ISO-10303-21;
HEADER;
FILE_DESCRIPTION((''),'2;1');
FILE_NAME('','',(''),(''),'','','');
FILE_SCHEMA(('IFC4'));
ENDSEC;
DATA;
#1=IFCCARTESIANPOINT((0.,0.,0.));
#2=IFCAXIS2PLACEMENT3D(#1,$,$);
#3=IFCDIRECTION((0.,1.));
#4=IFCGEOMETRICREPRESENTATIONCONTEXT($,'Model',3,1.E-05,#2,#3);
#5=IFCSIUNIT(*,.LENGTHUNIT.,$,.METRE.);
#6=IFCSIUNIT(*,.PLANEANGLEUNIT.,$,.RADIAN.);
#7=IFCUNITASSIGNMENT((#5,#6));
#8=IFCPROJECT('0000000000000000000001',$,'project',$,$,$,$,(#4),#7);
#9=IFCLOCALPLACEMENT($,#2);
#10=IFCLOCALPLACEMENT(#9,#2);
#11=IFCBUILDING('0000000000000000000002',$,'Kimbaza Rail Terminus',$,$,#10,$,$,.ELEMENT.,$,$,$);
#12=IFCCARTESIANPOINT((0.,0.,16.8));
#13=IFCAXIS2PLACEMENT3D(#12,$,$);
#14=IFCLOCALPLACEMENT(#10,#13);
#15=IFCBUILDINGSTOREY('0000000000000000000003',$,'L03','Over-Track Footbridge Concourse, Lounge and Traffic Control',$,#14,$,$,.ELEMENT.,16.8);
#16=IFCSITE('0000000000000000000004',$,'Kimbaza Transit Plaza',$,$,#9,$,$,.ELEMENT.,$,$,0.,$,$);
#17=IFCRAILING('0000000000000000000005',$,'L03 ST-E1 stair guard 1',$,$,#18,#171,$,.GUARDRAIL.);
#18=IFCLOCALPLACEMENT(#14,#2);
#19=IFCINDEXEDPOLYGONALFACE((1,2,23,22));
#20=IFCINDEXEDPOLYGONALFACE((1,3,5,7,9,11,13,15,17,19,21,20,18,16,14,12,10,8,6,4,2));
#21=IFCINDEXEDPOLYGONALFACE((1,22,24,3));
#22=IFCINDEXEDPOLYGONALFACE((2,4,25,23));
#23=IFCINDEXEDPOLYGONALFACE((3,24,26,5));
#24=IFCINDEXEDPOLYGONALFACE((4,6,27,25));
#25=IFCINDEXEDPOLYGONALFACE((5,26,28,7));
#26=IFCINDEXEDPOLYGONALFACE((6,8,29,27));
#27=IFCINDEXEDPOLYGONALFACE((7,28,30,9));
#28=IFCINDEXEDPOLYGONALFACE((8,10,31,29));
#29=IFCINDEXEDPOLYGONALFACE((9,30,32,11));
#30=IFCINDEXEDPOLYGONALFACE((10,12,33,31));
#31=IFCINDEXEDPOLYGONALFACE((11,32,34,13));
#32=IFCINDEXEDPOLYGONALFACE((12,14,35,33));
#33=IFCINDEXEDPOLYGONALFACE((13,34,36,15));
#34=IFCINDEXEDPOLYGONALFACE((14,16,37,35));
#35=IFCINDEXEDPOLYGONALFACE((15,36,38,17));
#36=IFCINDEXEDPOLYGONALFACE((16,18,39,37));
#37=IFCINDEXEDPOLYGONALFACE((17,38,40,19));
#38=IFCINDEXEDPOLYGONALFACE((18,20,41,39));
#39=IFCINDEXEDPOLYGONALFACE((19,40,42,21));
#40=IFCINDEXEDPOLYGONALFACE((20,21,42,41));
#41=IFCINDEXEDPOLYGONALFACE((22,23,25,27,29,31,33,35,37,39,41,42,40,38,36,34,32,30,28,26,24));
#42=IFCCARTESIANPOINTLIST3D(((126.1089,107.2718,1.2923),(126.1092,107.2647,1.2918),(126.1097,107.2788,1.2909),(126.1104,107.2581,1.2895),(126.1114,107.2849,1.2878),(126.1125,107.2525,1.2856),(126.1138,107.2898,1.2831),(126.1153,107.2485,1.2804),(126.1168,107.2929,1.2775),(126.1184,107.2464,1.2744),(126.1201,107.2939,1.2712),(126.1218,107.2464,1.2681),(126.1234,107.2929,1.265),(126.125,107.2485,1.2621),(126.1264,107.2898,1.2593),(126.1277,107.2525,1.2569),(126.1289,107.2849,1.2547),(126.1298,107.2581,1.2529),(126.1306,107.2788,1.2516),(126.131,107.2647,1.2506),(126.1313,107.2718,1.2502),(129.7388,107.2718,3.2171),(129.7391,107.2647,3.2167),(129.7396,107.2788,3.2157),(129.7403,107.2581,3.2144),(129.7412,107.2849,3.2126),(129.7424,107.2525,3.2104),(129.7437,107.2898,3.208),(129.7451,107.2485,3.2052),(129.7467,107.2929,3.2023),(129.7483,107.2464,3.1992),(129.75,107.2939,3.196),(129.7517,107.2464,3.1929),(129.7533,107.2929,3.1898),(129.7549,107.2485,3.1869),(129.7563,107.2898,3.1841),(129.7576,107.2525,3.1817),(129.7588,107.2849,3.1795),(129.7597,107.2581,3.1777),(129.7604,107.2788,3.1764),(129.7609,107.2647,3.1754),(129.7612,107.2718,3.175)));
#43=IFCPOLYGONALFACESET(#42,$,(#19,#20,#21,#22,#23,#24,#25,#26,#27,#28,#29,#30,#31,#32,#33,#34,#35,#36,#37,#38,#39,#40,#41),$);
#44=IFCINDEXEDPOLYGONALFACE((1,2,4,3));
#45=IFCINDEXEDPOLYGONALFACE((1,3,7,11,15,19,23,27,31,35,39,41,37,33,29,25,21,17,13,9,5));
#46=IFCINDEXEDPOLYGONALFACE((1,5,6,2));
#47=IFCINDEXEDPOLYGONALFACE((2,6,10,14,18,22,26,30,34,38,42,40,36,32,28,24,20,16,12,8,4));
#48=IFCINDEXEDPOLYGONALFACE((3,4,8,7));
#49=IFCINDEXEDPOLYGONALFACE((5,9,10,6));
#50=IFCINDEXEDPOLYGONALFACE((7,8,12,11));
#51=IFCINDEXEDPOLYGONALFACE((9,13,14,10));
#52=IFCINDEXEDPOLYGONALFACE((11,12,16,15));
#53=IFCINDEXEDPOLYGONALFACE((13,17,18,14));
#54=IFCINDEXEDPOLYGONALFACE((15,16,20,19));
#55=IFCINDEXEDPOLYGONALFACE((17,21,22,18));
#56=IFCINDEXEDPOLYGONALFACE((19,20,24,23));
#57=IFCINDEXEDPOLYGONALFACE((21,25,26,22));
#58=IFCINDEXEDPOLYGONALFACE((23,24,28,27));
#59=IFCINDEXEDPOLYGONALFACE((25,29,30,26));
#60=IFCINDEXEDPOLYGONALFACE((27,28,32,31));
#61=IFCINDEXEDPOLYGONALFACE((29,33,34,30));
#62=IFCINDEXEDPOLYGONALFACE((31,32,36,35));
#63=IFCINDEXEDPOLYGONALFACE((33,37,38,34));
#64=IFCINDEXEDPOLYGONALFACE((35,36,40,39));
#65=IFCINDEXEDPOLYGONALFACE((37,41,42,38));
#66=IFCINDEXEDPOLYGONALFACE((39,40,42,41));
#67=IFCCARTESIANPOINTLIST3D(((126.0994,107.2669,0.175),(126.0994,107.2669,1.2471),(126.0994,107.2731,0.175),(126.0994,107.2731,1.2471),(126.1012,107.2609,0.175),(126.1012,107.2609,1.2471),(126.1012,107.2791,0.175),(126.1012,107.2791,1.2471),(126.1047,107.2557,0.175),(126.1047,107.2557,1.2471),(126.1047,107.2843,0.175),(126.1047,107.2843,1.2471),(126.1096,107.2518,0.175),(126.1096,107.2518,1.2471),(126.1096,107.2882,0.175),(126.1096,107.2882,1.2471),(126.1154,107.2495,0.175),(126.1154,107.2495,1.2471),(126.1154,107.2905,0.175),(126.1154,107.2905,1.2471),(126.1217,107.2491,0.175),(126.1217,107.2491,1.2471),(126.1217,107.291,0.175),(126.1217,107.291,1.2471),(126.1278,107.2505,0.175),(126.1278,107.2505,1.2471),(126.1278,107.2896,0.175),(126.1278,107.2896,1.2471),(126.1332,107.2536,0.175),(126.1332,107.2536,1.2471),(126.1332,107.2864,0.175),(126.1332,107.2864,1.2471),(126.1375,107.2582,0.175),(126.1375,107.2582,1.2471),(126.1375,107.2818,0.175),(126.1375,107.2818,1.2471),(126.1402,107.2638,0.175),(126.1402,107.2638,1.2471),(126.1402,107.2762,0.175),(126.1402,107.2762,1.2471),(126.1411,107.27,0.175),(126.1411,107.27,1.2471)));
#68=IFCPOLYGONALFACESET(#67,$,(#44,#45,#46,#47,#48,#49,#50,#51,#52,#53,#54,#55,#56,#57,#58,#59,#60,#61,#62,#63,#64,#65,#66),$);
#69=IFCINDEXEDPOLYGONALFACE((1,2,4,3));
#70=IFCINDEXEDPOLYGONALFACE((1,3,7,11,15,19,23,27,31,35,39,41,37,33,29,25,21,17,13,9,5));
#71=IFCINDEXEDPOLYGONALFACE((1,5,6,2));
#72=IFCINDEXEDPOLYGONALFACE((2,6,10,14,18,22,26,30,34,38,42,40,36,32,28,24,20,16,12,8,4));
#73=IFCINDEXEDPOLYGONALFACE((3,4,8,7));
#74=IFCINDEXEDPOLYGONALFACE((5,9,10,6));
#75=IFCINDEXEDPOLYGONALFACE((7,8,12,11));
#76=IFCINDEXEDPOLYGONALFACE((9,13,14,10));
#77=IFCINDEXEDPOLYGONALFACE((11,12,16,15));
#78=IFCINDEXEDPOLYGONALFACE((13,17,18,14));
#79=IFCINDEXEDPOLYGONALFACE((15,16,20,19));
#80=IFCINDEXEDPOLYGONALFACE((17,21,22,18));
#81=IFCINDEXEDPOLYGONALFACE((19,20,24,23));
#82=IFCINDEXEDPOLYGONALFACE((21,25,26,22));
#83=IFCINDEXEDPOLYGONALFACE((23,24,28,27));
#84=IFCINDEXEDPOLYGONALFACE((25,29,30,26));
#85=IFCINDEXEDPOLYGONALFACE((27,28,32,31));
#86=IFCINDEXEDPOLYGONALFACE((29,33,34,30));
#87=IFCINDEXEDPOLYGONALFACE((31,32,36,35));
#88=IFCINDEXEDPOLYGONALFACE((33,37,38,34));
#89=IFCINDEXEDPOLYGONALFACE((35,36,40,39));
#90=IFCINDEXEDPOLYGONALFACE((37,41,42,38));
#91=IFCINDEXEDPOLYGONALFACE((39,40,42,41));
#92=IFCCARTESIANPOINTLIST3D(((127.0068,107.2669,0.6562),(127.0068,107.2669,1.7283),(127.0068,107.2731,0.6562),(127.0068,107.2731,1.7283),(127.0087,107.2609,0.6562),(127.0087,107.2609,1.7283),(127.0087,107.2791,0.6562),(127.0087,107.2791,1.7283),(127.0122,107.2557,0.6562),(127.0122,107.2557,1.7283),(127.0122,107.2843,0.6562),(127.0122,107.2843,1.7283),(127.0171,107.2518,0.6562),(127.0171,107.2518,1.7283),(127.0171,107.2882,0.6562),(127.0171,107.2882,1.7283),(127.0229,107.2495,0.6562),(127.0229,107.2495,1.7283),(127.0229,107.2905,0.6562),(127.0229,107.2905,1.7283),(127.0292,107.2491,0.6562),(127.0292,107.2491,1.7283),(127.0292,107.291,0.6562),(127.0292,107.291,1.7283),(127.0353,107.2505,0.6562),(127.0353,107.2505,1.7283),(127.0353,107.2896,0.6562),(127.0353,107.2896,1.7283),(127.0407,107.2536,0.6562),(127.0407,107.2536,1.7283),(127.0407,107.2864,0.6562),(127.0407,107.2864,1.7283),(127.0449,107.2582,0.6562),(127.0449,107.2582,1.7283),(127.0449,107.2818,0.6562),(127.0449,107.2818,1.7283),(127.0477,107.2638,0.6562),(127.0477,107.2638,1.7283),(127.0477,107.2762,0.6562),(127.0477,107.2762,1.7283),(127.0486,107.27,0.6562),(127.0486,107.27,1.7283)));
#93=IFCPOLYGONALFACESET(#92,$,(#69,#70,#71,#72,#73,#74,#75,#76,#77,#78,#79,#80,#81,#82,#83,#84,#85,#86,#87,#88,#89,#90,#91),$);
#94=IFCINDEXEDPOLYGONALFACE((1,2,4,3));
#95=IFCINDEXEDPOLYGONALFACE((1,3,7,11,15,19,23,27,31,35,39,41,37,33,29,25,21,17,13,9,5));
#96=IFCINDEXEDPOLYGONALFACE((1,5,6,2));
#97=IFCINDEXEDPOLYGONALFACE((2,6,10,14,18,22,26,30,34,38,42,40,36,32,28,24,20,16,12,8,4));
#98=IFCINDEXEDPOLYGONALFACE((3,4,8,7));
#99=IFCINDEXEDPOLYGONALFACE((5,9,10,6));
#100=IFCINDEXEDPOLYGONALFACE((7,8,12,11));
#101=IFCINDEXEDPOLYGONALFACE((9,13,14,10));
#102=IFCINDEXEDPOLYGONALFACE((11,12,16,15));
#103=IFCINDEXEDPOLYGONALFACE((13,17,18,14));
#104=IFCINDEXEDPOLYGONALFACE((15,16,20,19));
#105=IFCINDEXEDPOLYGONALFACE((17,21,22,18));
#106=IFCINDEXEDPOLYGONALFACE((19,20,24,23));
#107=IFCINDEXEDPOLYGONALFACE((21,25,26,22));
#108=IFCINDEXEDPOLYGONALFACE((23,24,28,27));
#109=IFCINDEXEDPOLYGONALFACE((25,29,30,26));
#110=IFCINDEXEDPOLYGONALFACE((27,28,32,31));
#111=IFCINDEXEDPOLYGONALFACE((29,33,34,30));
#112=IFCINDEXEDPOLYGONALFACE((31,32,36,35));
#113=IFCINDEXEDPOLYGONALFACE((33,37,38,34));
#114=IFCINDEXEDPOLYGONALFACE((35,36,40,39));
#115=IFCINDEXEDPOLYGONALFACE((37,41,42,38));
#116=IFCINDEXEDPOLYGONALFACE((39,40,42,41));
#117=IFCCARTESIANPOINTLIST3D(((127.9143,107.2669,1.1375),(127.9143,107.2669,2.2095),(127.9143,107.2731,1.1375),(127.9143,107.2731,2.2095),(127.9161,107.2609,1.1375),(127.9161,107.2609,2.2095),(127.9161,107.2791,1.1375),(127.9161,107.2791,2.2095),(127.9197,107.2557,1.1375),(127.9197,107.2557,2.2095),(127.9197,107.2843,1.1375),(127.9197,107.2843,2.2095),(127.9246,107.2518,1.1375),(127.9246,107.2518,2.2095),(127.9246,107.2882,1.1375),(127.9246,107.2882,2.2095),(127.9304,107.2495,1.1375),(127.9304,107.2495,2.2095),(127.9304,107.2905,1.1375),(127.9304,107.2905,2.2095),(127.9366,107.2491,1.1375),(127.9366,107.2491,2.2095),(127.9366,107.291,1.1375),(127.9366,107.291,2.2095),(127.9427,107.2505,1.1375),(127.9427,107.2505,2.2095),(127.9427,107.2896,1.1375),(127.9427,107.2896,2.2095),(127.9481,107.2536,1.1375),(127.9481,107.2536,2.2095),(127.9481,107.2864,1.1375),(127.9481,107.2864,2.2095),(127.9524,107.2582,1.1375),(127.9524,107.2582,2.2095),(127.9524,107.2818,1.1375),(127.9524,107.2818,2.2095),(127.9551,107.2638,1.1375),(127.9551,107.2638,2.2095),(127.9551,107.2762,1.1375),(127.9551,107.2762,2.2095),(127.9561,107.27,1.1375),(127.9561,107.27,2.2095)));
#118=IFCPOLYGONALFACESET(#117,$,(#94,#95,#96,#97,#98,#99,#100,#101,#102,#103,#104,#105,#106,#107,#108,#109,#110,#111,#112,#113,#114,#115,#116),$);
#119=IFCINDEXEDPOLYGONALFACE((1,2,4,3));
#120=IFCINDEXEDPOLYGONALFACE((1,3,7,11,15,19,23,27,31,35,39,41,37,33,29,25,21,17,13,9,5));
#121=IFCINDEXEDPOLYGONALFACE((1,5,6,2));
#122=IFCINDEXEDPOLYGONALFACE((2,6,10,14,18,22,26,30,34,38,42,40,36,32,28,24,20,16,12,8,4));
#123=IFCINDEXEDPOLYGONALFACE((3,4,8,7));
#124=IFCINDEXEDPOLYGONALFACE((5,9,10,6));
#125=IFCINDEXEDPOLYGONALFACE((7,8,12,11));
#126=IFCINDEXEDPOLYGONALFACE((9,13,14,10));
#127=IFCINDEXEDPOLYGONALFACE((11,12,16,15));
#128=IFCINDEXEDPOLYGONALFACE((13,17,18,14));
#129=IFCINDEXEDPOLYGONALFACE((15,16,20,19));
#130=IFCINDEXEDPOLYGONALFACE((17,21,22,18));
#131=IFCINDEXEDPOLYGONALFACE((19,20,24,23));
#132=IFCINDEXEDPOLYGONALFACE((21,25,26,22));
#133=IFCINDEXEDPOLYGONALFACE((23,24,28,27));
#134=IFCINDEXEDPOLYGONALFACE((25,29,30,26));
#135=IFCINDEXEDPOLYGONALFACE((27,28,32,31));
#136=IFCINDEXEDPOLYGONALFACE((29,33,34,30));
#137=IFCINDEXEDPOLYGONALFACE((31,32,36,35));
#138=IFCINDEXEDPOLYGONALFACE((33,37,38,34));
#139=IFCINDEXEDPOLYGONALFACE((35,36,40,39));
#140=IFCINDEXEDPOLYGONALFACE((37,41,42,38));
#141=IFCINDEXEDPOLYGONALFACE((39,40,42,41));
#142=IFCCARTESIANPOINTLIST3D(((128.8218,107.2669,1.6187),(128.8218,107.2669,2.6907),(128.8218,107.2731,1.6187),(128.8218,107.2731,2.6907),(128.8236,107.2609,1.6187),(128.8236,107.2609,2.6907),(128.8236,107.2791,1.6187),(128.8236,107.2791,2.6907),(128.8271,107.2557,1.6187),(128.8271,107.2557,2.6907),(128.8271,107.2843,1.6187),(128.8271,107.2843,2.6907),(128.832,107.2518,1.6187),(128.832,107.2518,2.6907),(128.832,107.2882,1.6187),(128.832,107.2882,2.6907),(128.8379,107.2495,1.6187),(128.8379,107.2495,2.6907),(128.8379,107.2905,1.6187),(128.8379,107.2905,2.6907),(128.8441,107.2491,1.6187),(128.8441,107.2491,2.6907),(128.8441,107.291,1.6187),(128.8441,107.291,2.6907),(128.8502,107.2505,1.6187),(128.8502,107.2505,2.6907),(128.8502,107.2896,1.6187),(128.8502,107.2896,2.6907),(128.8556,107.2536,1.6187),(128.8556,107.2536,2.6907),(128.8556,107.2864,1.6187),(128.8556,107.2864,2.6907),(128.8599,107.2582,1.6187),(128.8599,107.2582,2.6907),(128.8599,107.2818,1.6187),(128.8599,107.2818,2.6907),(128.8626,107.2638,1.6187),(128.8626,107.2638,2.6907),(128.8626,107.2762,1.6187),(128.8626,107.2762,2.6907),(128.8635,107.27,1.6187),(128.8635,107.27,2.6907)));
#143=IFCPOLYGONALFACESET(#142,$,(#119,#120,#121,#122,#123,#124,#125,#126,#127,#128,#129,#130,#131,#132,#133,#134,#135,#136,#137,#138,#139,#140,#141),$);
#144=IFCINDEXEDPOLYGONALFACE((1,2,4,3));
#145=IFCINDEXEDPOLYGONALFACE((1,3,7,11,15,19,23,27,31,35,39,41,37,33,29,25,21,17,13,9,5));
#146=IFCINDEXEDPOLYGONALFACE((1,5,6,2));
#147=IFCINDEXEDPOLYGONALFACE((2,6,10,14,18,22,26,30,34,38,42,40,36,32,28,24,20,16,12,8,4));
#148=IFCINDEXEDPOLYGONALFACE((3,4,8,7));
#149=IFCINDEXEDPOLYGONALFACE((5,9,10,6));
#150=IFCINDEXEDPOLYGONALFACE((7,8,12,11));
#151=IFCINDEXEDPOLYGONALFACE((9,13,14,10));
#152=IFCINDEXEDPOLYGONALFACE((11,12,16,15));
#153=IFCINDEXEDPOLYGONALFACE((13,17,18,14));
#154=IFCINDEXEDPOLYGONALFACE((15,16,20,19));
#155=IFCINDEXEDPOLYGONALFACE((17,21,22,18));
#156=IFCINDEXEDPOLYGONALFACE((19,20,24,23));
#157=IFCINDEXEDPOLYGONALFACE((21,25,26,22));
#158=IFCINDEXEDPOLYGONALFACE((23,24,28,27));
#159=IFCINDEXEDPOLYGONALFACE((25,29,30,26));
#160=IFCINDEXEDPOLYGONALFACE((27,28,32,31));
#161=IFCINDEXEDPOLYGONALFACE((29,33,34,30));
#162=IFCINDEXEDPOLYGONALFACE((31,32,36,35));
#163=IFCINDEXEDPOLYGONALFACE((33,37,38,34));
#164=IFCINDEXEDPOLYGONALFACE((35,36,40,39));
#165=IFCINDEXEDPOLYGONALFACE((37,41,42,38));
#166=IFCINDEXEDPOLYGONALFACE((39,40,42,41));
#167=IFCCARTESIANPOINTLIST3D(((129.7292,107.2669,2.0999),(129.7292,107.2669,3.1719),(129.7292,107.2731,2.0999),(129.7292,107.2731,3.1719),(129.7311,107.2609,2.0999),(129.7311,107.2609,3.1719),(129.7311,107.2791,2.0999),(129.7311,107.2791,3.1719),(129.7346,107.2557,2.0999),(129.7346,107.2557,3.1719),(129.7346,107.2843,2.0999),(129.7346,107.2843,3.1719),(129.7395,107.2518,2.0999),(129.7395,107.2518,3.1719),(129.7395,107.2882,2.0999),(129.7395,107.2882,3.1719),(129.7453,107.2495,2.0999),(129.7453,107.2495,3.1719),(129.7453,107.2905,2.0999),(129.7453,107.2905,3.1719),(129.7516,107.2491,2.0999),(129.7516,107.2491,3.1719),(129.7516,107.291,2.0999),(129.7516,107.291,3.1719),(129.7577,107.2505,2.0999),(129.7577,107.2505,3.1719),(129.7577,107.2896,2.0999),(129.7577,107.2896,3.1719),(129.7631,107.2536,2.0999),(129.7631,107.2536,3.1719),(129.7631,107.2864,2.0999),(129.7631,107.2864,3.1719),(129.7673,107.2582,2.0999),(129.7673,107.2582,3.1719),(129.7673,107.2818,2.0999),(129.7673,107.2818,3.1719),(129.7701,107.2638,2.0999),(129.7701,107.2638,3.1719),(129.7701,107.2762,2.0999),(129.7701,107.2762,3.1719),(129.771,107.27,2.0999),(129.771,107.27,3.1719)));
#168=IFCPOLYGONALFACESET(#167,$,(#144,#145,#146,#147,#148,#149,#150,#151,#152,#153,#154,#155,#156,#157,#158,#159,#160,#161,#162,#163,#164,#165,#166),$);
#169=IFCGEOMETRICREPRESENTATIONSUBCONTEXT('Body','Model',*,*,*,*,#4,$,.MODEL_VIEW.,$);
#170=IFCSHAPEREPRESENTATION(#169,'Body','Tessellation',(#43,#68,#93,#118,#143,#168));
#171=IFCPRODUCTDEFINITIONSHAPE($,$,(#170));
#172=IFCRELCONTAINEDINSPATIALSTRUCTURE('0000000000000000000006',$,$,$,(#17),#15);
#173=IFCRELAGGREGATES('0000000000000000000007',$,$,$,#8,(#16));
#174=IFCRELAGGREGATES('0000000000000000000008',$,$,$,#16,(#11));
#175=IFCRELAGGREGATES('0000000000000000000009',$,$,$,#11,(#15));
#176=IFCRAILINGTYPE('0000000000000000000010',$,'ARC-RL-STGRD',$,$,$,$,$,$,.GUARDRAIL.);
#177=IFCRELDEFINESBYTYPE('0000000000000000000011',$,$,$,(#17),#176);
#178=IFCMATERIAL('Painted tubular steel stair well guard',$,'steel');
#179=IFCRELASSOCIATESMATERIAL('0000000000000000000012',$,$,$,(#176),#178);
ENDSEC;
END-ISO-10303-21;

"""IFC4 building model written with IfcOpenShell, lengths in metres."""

from ifc_helpers import new_model, si_unit, direction, frame, origin, origin_2d, place, context, subcontext, project, spatial, circle, extrude, material, type_object, element, save


model = new_model("IFC4")

# Units and contexts
model_context = context("Model", 3, precision=1e-05, world=origin(), true_north=direction((0.0, 1.0)))
body_context = subcontext(model_context, "Body", "Model", "MODEL_VIEW")
ifc_project = project(units=[si_unit("LENGTHUNIT", "METRE"), si_unit("PLANEANGLEUNIT", "RADIAN")], contexts=[model_context])

# Site, building, storey
site_placement = place(None, origin())
site = spatial("IfcSite", under=ifc_project, at=site_placement, Name="Kimbaza Transit Plaza", CompositionType="ELEMENT", RefElevation=0.0)
building_placement = place(site_placement, origin())
building = spatial("IfcBuilding", under=site, at=building_placement, Name="Kimbaza Rail Terminus", CompositionType="ELEMENT")
storey_placement = place(building_placement, frame((0.0, 0.0, 16.8)))
storey = spatial("IfcBuildingStorey", under=building, at=storey_placement, Name="L03", Description="Over-Track Footbridge Concourse, Lounge and Traffic Control", CompositionType="ELEMENT", Elevation=16.8)

# Railing
ifc_material_1 = material(Name="Painted tubular steel stair well guard", Category="steel")
railing_type_1 = type_object("IfcRailingType", Name="ARC-RL-STGRD", PredefinedType="GUARDRAIL", material=ifc_material_1)
railing_1_placement = place(storey_placement, frame((126.1201, 107.27, 0.175)))
element("IfcRailing", 1, at=railing_1_placement, inside=storey, type_object=railing_type_1, Name="L03 ST-E1 stair guard 1", PredefinedType="GUARDRAIL", context=body_context, shape_type="SweptSolid", body=[
    extrude(circle(Radius=0.0239, at=origin_2d()), frame((0.0, 0.0, 1.0962), z_axis=(0.883476, 0.0, 0.468477), x_axis=(0.0, 1.0, 0.0)), (0.0, 0.0, 1.0), 4.1086),
    extrude(circle(Radius=0.021, at=origin_2d()), origin(), (0.0, 0.0, 1.0), 1.072),
    extrude(circle(Radius=0.021, at=origin_2d()), frame((0.9075, 0.0, 0.4812)), (0.0, 0.0, 1.0), 1.072),
    extrude(circle(Radius=0.021, at=origin_2d()), frame((1.8149, 0.0, 0.9624)), (0.0, 0.0, 1.0), 1.072),
    extrude(circle(Radius=0.021, at=origin_2d()), frame((2.7224, 0.0, 1.4436)), (0.0, 0.0, 1.0), 1.072),
    extrude(circle(Radius=0.021, at=origin_2d()), frame((3.6299, 0.0, 1.9248)), (0.0, 0.0, 1.0), 1.072),
])

save(model, "model.ifc")
